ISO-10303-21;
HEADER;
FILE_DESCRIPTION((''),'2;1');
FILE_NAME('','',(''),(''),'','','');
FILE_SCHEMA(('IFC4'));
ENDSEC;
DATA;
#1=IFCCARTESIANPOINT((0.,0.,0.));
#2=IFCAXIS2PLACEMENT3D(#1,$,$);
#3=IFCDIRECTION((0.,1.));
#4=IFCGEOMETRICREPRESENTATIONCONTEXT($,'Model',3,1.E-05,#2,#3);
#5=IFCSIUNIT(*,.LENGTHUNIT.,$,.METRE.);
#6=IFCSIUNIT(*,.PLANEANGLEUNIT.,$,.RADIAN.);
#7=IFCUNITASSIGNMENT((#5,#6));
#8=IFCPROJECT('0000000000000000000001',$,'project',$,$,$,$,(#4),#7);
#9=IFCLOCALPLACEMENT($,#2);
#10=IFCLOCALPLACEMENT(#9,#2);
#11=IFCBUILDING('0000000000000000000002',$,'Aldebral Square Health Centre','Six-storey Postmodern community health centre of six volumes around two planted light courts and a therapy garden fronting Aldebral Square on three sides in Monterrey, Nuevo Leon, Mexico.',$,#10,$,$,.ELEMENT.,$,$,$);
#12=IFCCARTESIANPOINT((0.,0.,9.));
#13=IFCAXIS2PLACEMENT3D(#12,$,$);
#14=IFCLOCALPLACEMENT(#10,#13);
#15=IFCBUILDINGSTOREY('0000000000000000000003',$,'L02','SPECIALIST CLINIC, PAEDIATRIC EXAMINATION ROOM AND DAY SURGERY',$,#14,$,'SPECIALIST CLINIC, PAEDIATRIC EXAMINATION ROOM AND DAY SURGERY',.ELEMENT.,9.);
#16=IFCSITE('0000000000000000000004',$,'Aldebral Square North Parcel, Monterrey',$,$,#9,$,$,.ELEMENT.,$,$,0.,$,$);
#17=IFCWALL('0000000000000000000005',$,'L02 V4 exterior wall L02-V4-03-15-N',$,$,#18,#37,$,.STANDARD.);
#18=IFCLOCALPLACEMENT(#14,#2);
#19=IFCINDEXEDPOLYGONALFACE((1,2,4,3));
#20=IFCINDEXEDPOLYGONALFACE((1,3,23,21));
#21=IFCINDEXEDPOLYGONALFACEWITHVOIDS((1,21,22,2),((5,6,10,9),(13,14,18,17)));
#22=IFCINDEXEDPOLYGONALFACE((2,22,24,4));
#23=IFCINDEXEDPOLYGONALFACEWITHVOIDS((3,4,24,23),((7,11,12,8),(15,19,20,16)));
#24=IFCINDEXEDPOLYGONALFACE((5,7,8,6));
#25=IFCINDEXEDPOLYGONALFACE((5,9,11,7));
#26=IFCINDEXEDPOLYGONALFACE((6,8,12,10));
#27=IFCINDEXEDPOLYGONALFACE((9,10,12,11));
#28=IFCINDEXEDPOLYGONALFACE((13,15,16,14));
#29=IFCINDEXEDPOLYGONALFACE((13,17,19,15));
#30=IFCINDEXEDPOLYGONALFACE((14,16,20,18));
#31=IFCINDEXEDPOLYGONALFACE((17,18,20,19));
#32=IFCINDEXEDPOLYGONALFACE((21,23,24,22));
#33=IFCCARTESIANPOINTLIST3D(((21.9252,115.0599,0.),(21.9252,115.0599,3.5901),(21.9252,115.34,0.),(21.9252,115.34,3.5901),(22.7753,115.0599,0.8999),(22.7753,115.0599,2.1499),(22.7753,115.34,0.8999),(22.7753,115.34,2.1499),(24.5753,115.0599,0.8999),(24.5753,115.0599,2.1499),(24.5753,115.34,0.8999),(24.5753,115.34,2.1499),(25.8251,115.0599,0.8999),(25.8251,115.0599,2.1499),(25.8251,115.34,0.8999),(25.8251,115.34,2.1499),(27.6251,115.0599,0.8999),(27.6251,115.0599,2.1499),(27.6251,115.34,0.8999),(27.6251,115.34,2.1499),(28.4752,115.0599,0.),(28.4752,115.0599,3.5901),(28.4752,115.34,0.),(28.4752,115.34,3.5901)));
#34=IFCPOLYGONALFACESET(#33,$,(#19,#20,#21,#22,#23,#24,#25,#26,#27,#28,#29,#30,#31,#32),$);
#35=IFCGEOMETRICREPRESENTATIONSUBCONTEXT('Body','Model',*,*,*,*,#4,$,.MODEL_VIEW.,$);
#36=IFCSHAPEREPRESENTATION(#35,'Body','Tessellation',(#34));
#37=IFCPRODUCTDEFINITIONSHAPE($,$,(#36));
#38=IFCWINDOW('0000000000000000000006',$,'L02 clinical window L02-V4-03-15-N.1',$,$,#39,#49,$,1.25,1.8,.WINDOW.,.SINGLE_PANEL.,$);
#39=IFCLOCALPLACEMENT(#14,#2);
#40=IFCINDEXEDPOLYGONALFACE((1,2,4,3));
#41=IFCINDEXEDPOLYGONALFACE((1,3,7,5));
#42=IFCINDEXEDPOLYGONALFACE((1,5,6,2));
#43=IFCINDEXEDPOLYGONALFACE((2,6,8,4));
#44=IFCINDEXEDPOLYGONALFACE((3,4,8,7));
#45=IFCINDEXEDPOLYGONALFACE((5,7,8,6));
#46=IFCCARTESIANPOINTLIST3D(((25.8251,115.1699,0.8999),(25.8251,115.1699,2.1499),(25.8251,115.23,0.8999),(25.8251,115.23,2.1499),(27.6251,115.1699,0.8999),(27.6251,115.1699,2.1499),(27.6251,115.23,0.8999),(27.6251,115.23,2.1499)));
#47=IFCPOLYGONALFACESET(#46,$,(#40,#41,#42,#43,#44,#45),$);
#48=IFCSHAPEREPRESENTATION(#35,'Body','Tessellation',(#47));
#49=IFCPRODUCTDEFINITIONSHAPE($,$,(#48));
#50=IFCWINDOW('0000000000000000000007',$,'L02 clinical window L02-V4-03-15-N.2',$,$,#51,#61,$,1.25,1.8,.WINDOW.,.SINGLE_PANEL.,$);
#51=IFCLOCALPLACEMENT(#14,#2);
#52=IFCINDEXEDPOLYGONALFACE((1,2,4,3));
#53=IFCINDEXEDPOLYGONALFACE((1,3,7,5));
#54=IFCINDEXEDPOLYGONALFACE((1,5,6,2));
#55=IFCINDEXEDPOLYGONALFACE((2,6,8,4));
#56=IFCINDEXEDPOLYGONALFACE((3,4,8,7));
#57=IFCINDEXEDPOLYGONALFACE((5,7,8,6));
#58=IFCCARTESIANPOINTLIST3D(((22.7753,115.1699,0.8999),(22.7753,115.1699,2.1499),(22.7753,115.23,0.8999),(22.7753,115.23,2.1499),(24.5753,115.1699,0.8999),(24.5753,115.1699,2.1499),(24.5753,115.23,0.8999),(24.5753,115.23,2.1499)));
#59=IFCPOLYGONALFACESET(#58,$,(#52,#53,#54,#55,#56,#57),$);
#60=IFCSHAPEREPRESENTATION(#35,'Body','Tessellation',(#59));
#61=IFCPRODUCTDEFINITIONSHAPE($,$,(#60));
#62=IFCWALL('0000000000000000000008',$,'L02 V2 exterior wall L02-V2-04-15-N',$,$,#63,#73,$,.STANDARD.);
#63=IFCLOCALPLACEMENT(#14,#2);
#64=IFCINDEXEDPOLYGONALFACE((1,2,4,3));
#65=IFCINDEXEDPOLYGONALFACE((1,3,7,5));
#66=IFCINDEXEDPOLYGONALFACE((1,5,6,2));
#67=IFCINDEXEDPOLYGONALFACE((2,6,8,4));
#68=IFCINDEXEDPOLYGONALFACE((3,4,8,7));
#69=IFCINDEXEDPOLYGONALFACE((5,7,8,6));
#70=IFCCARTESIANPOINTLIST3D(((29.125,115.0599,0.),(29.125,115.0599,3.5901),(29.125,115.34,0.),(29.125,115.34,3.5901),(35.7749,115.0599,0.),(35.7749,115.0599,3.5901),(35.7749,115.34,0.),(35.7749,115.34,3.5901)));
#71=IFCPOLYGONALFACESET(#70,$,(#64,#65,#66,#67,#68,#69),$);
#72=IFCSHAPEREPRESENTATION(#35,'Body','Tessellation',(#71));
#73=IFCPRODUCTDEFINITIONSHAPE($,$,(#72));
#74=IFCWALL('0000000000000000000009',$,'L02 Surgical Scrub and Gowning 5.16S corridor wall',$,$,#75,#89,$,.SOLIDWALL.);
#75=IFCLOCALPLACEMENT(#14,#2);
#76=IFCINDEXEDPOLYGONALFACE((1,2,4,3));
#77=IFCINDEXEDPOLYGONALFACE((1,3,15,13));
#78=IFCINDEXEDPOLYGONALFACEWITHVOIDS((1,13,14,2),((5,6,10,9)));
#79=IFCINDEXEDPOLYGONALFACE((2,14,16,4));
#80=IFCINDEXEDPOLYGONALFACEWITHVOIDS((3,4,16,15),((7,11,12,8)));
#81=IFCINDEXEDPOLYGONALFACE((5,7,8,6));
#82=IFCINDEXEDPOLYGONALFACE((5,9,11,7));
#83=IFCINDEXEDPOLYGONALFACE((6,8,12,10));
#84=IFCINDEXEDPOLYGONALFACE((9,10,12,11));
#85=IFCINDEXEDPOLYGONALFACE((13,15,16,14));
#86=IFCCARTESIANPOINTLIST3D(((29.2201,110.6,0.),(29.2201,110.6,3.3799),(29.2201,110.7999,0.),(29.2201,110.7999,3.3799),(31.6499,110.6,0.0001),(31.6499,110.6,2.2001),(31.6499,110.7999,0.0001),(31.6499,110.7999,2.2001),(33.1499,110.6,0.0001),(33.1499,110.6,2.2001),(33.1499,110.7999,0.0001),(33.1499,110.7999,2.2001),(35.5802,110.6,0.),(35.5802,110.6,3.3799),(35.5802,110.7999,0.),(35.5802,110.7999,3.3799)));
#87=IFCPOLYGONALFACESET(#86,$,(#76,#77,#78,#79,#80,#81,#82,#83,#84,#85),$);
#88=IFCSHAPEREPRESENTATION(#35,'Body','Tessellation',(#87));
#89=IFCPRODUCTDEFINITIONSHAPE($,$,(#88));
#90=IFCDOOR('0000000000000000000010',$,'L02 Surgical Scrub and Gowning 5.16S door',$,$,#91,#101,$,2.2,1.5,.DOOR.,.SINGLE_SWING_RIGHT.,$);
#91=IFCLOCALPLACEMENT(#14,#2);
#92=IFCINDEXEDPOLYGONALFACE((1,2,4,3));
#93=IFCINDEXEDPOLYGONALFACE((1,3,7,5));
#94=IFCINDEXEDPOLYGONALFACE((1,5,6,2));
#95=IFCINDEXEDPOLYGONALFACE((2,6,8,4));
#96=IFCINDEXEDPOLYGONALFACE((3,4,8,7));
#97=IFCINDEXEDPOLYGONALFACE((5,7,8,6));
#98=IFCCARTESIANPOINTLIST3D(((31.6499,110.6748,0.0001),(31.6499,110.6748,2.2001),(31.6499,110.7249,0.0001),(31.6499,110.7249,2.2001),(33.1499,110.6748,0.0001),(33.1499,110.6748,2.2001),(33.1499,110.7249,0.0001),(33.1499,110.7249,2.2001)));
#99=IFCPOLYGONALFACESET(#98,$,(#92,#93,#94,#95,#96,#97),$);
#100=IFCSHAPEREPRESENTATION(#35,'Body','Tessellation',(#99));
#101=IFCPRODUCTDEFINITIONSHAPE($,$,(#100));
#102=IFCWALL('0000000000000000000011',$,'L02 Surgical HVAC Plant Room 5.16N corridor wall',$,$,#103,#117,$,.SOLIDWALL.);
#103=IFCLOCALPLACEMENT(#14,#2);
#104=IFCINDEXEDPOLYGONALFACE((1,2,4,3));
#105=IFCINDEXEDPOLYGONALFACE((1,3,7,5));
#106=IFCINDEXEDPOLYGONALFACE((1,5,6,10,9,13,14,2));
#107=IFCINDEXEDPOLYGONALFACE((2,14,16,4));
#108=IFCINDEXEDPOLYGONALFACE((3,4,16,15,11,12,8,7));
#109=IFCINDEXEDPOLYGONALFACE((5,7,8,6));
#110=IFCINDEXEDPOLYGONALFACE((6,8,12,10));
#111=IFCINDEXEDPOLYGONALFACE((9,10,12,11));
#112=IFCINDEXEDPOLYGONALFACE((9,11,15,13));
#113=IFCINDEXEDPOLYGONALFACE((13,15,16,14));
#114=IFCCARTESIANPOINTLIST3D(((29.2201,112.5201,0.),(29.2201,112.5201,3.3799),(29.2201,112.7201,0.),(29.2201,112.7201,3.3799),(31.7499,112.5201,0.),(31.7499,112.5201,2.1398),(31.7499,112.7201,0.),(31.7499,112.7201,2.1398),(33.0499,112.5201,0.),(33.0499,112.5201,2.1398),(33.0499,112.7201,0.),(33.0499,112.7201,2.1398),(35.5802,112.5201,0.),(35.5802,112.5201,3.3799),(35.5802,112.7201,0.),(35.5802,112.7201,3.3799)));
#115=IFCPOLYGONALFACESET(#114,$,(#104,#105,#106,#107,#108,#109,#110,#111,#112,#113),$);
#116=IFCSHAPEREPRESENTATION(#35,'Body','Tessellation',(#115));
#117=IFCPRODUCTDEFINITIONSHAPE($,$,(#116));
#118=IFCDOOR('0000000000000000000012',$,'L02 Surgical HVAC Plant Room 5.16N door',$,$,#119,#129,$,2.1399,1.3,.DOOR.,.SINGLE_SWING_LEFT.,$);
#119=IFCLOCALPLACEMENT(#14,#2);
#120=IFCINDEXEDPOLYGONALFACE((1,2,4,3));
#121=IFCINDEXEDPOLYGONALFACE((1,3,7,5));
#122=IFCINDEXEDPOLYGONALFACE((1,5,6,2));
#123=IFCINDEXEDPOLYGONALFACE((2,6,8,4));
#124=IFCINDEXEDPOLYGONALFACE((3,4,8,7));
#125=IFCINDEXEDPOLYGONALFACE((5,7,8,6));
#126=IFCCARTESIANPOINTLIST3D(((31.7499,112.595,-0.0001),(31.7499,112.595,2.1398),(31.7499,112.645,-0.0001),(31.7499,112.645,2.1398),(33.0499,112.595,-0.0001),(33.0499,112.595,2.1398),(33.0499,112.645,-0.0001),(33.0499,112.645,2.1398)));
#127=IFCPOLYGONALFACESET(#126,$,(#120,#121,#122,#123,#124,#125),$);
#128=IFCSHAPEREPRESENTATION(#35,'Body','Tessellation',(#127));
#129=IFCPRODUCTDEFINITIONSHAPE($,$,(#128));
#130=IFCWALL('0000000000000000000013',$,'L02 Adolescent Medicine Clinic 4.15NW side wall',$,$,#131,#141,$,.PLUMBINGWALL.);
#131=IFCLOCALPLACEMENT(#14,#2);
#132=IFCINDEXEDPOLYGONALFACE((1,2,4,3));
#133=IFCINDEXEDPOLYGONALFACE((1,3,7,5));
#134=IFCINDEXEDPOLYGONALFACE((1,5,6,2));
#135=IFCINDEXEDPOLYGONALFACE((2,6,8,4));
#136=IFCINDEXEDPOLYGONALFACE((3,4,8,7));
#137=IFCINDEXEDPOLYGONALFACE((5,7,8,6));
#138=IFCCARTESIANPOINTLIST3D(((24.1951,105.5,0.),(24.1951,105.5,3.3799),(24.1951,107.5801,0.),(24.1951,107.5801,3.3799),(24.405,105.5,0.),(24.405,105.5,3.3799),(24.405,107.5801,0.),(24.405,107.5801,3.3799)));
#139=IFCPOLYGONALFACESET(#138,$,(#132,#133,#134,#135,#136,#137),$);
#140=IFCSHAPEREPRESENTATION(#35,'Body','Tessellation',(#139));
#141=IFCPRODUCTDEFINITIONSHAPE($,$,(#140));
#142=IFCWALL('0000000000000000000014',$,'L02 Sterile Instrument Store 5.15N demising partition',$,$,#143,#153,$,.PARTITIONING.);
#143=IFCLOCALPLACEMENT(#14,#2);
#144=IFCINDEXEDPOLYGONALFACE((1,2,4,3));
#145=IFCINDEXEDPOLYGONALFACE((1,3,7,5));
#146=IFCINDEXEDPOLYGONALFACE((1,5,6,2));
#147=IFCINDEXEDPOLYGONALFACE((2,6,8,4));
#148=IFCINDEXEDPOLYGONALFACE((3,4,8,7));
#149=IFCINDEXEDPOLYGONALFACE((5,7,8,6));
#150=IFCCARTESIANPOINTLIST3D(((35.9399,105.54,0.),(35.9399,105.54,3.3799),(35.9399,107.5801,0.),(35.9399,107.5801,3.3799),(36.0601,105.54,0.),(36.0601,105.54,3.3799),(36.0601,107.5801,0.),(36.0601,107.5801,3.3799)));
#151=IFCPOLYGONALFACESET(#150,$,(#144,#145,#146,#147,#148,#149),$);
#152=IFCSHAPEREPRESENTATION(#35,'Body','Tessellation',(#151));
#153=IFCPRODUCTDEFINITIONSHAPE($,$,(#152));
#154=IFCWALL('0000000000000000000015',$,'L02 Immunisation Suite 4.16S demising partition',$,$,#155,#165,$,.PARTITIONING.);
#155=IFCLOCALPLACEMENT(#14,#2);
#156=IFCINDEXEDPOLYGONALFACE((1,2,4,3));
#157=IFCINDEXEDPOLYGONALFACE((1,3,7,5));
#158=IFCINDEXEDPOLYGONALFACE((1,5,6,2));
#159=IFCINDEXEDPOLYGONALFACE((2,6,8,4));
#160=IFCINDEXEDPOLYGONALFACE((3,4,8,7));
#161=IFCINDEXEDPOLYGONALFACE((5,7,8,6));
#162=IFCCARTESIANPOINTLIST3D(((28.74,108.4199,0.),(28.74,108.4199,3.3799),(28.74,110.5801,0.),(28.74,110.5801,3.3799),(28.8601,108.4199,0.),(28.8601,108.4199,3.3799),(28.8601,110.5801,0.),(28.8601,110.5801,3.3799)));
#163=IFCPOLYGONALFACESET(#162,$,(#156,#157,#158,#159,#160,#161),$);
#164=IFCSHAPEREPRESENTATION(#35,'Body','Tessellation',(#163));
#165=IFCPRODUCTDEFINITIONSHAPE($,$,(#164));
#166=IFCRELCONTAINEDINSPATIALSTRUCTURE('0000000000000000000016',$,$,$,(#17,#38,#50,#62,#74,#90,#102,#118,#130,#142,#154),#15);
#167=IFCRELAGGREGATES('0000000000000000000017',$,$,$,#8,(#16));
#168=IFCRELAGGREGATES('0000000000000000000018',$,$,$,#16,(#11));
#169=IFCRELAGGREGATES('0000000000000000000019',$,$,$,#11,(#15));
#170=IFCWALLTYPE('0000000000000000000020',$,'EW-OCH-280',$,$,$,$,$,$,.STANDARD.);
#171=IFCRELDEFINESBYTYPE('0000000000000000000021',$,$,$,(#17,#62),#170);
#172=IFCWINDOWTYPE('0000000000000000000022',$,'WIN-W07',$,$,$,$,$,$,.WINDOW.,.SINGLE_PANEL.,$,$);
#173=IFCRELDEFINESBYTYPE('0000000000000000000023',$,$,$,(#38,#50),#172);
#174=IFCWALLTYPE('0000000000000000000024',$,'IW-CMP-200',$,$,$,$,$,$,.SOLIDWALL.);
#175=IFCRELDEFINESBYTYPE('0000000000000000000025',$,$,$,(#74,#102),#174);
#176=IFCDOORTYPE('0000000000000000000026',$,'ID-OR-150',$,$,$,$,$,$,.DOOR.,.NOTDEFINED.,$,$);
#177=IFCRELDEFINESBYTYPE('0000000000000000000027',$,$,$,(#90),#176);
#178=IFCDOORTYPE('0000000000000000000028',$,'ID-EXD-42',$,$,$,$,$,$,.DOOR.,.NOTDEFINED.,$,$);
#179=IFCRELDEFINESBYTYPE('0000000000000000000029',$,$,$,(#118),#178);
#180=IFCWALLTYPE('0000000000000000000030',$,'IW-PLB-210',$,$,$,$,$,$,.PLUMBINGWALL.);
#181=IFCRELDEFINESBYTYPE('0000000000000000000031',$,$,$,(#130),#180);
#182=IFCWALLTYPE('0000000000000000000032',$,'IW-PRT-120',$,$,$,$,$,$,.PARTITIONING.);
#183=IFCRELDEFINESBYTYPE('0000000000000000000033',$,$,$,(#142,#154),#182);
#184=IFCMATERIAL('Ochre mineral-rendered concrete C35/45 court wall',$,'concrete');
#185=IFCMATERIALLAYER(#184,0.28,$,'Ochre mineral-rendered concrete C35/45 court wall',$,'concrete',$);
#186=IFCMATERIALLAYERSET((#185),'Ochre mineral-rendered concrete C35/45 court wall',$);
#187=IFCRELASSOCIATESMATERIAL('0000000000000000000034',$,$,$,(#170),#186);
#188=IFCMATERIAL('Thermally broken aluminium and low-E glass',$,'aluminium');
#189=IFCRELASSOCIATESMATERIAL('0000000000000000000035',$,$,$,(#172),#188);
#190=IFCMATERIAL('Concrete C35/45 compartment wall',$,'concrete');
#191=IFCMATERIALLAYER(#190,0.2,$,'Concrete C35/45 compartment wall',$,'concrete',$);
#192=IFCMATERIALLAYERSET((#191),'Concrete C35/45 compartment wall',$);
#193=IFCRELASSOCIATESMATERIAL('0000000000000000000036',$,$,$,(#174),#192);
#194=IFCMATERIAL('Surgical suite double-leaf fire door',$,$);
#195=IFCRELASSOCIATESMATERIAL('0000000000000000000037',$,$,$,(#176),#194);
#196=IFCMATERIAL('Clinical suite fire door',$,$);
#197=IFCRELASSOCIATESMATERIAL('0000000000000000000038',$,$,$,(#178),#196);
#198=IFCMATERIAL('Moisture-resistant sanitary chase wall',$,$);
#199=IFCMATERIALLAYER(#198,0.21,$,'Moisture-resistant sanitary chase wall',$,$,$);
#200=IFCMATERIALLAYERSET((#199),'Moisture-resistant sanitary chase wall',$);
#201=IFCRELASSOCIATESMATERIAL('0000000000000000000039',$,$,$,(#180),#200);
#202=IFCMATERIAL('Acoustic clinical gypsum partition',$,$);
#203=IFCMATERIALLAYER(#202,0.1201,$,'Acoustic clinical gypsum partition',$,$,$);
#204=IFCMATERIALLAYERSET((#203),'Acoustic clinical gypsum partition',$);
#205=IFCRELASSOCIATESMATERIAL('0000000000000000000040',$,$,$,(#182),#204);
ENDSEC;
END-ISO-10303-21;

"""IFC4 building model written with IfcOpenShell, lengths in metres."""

from ifc_helpers import new_model, si_unit, direction, frame, frame_2d, origin, place, context, subcontext, project, spatial, rectangle, extrude, material, layer, layer_set, type_object, element, fill, save


model = new_model("IFC4")

# Units and contexts
model_context = context("Model", 3, precision=1e-05, world=origin(), true_north=direction((0.0, 1.0)))
body_context = subcontext(model_context, "Body", "Model", "MODEL_VIEW")
ifc_project = project(units=[si_unit("LENGTHUNIT", "METRE"), si_unit("PLANEANGLEUNIT", "RADIAN")], contexts=[model_context])

# Site, building, storey
site_placement = place(None, origin())
site = spatial("IfcSite", under=ifc_project, at=site_placement, Name="Aldebral Square North Parcel, Monterrey", CompositionType="ELEMENT", RefElevation=0.0)
building_placement = place(site_placement, origin())
building = spatial("IfcBuilding", under=site, at=building_placement, Name="Aldebral Square Health Centre", Description="Six-storey Postmodern community health centre of six volumes around two planted light courts and a therapy garden fronting Aldebral Square on three sides in Monterrey, Nuevo Leon, Mexico.", CompositionType="ELEMENT")
storey_placement = place(building_placement, frame((0.0, 0.0, 9.0)))
storey = spatial("IfcBuildingStorey", under=building, at=storey_placement, Name="L02", Description="SPECIALIST CLINIC, PAEDIATRIC EXAMINATION ROOM AND DAY SURGERY", LongName="SPECIALIST CLINIC, PAEDIATRIC EXAMINATION ROOM AND DAY SURGERY", CompositionType="ELEMENT", Elevation=9.0)

# Wall, openings, windows
ifc_material_1 = material(Name="Ochre mineral-rendered concrete C35/45 court wall", Category="concrete")
ifc_layer_1 = layer(ifc_material_1, 0.28, Name="Ochre mineral-rendered concrete C35/45 court wall", Category="concrete")
ifc_layer_set_1 = layer_set([ifc_layer_1], Name="Ochre mineral-rendered concrete C35/45 court wall")
wall_type_1 = type_object("IfcWallType", Name="EW-OCH-280", PredefinedType="STANDARD", material=ifc_layer_set_1)
wall_1_placement = place(storey_placement, frame((28.4751, 115.2, 0.0), z_axis=(0.0, 0.0, 1.0), x_axis=(-1.0, 0.0, 0.0)))
wall_1 = element("IfcWall", 1, at=wall_1_placement, inside=storey, type_object=wall_type_1, Name="L02 V4 exterior wall L02-V4-03-15-N", PredefinedType="STANDARD", context=body_context, shape_type="SweptSolid", body=[
    extrude(rectangle(XDim=6.55, YDim=0.28, at=frame_2d((3.2749, 0.0))), origin(), (0.0, 0.0, 1.0), 3.5901),
])
opening_1_placement = place(wall_1_placement, frame((0.8501, 0.0, 0.8999)))
opening_1 = element("IfcOpeningElement", 2, at=opening_1_placement, cuts=wall_1, PredefinedType="OPENING", context=body_context, shape_type="SweptSolid", body=[
    extrude(rectangle(XDim=1.8, YDim=1.25, at=frame_2d((0.8999, 0.625))), frame((0.0, 0.1499, 0.0), z_axis=(0.0, -1.0, 0.0), x_axis=(1.0, 0.0, 0.0)), (0.0, 0.0, 1.0), 0.3),
])
opening_2_placement = place(wall_1_placement, frame((3.8999, 0.0, 0.8999)))
opening_2 = element("IfcOpeningElement", 3, at=opening_2_placement, cuts=wall_1, PredefinedType="OPENING", context=body_context, shape_type="SweptSolid", body=[
    extrude(rectangle(XDim=1.8, YDim=1.25, at=frame_2d((0.8999, 0.625))), frame((0.0, 0.1499, 0.0), z_axis=(0.0, -1.0, 0.0), x_axis=(1.0, 0.0, 0.0)), (0.0, 0.0, 1.0), 0.3),
])
ifc_material_2 = material(Name="Thermally broken aluminium and low-E glass", Category="aluminium")
window_type = type_object("IfcWindowType", Name="WIN-W07", PartitioningType="SINGLE_PANEL", PredefinedType="WINDOW", material=ifc_material_2)
window_1_placement = place(opening_1_placement, origin())
window_1 = element("IfcWindow", 4, at=window_1_placement, inside=storey, type_object=window_type, Name="L02 clinical window L02-V4-03-15-N.1", OverallHeight=1.25, OverallWidth=1.8, PartitioningType="SINGLE_PANEL", PredefinedType="WINDOW", context=body_context, shape_type="SweptSolid", body=[
    extrude(rectangle(XDim=1.8, YDim=1.25, at=frame_2d((0.8999, 0.625))), frame((0.0, 0.03, 0.0), z_axis=(0.0, -1.0, 0.0), x_axis=(1.0, 0.0, 0.0)), (0.0, 0.0, 1.0), 0.0601),
])
fill(opening_1, window_1)
window_2_placement = place(opening_2_placement, origin())
window_2 = element("IfcWindow", 5, at=window_2_placement, inside=storey, type_object=window_type, Name="L02 clinical window L02-V4-03-15-N.2", OverallHeight=1.25, OverallWidth=1.8, PartitioningType="SINGLE_PANEL", PredefinedType="WINDOW", context=body_context, shape_type="SweptSolid", body=[
    extrude(rectangle(XDim=1.8, YDim=1.25, at=frame_2d((0.8999, 0.625))), frame((0.0, 0.03, 0.0), z_axis=(0.0, -1.0, 0.0), x_axis=(1.0, 0.0, 0.0)), (0.0, 0.0, 1.0), 0.0601),
])
fill(opening_2, window_2)

# Wall
wall_2_placement = place(storey_placement, frame((35.7749, 115.2, 0.0), z_axis=(0.0, 0.0, 1.0), x_axis=(-1.0, 0.0, 0.0)))
element("IfcWall", 6, at=wall_2_placement, inside=storey, type_object=wall_type_1, Name="L02 V2 exterior wall L02-V2-04-15-N", PredefinedType="STANDARD", context=body_context, shape_type="SweptSolid", body=[
    extrude(rectangle(XDim=6.6499, YDim=0.28, at=frame_2d((3.325, 0.0))), origin(), (0.0, 0.0, 1.0), 3.5901),
])

# Walls, openings, doors
ifc_material_3 = material(Name="Concrete C35/45 compartment wall", Category="concrete")
ifc_layer_2 = layer(ifc_material_3, 0.2, Name="Concrete C35/45 compartment wall", Category="concrete")
ifc_layer_set_2 = layer_set([ifc_layer_2], Name="Concrete C35/45 compartment wall")
wall_type_2 = type_object("IfcWallType", Name="IW-CMP-200", PredefinedType="SOLIDWALL", material=ifc_layer_set_2)
wall_3_placement = place(storey_placement, frame((29.22, 110.7, 0.0), z_axis=(0.0, 0.0, 1.0), x_axis=(1.0, 0.0, 0.0)))
wall_3 = element("IfcWall", 7, at=wall_3_placement, inside=storey, type_object=wall_type_2, Name="L02 Surgical Scrub and Gowning 5.16S corridor wall", PredefinedType="SOLIDWALL", context=body_context, shape_type="SweptSolid", body=[
    extrude(rectangle(XDim=6.3601, YDim=0.2, at=frame_2d((3.1802, 0.0))), origin(), (0.0, 0.0, 1.0), 3.3799),
])
opening_3_placement = place(wall_3_placement, frame((2.4299, 0.0, 0.0)))
opening_3 = element("IfcOpeningElement", 8, at=opening_3_placement, cuts=wall_3, PredefinedType="OPENING", context=body_context, shape_type="SweptSolid", body=[
    extrude(rectangle(XDim=1.5, YDim=2.2, at=frame_2d((0.75, 1.1001))), frame((0.0, 0.1099, 0.0), z_axis=(0.0, -1.0, 0.0), x_axis=(1.0, 0.0, 0.0)), (0.0, 0.0, 1.0), 0.22),
])
ifc_material_4 = material(Name="Surgical suite double-leaf fire door")
door_type_1 = type_object("IfcDoorType", Name="ID-OR-150", OperationType="NOTDEFINED", PredefinedType="DOOR", material=ifc_material_4)
door_1_placement = place(opening_3_placement, origin())
door_1 = element("IfcDoor", 9, at=door_1_placement, inside=storey, type_object=door_type_1, Name="L02 Surgical Scrub and Gowning 5.16S door", OperationType="SINGLE_SWING_RIGHT", OverallHeight=2.2, OverallWidth=1.5, PredefinedType="DOOR", context=body_context, shape_type="SweptSolid", body=[
    extrude(rectangle(XDim=1.5, YDim=2.2, at=frame_2d((0.75, 1.1001))), frame((0.0, 0.0249, 0.0), z_axis=(0.0, -1.0, 0.0), x_axis=(1.0, 0.0, 0.0)), (0.0, 0.0, 1.0), 0.05),
])
fill(opening_3, door_1)
wall_4_placement = place(storey_placement, frame((29.22, 112.6201, 0.0), z_axis=(0.0, 0.0, 1.0), x_axis=(1.0, 0.0, 0.0)))
wall_4 = element("IfcWall", 10, at=wall_4_placement, inside=storey, type_object=wall_type_2, Name="L02 Surgical HVAC Plant Room 5.16N corridor wall", PredefinedType="SOLIDWALL", context=body_context, shape_type="SweptSolid", body=[
    extrude(rectangle(XDim=6.3601, YDim=0.2, at=frame_2d((3.1802, 0.0))), origin(), (0.0, 0.0, 1.0), 3.3799),
])
opening_4_placement = place(wall_4_placement, frame((2.53, 0.0, 0.0)))
opening_4 = element("IfcOpeningElement", 11, at=opening_4_placement, cuts=wall_4, PredefinedType="OPENING", context=body_context, shape_type="SweptSolid", body=[
    extrude(rectangle(XDim=1.3, YDim=2.1399, at=frame_2d((0.6499, 1.0698))), frame((0.0, 0.1099, 0.0), z_axis=(0.0, -1.0, 0.0), x_axis=(1.0, 0.0, 0.0)), (0.0, 0.0, 1.0), 0.22),
])
ifc_material_5 = material(Name="Clinical suite fire door")
door_type_2 = type_object("IfcDoorType", Name="ID-EXD-42", OperationType="NOTDEFINED", PredefinedType="DOOR", material=ifc_material_5)
door_2_placement = place(opening_4_placement, origin())
door_2 = element("IfcDoor", 12, at=door_2_placement, inside=storey, type_object=door_type_2, Name="L02 Surgical HVAC Plant Room 5.16N door", OperationType="SINGLE_SWING_LEFT", OverallHeight=2.1399, OverallWidth=1.3, PredefinedType="DOOR", context=body_context, shape_type="SweptSolid", body=[
    extrude(rectangle(XDim=1.3, YDim=2.1399, at=frame_2d((0.6499, 1.0698))), frame((0.0, 0.0249, 0.0), z_axis=(0.0, -1.0, 0.0), x_axis=(1.0, 0.0, 0.0)), (0.0, 0.0, 1.0), 0.05),
])
fill(opening_4, door_2)

# Walls
ifc_material_6 = material(Name="Moisture-resistant sanitary chase wall")
ifc_layer_3 = layer(ifc_material_6, 0.21, Name="Moisture-resistant sanitary chase wall")
ifc_layer_set_3 = layer_set([ifc_layer_3], Name="Moisture-resistant sanitary chase wall")
wall_type_3 = type_object("IfcWallType", Name="IW-PLB-210", PredefinedType="PLUMBINGWALL", material=ifc_layer_set_3)
wall_5_placement = place(storey_placement, frame((24.3, 105.5, 0.0), z_axis=(0.0, 0.0, 1.0), x_axis=(0.0, 1.0, 0.0)))
element("IfcWall", 13, at=wall_5_placement, inside=storey, type_object=wall_type_3, Name="L02 Adolescent Medicine Clinic 4.15NW side wall", PredefinedType="PLUMBINGWALL", context=body_context, shape_type="SweptSolid", body=[
    extrude(rectangle(XDim=2.0801, YDim=0.21, at=frame_2d((1.04, 0.0))), origin(), (0.0, 0.0, 1.0), 3.3799),
])
ifc_material_7 = material(Name="Acoustic clinical gypsum partition")
ifc_layer_4 = layer(ifc_material_7, 0.1201, Name="Acoustic clinical gypsum partition")
ifc_layer_set_4 = layer_set([ifc_layer_4], Name="Acoustic clinical gypsum partition")
wall_type_4 = type_object("IfcWallType", Name="IW-PRT-120", PredefinedType="PARTITIONING", material=ifc_layer_set_4)
wall_6_placement = place(storey_placement, frame((36.0, 105.54, 0.0), z_axis=(0.0, 0.0, 1.0), x_axis=(0.0, 1.0, 0.0)))
element("IfcWall", 14, at=wall_6_placement, inside=storey, type_object=wall_type_4, Name="L02 Sterile Instrument Store 5.15N demising partition", PredefinedType="PARTITIONING", context=body_context, shape_type="SweptSolid", body=[
    extrude(rectangle(XDim=2.04, YDim=0.1201, at=frame_2d((1.02, 0.0))), origin(), (0.0, 0.0, 1.0), 3.3799),
])
wall_7_placement = place(storey_placement, frame((28.8, 108.4199, 0.0), z_axis=(0.0, 0.0, 1.0), x_axis=(0.0, 1.0, 0.0)))
element("IfcWall", 15, at=wall_7_placement, inside=storey, type_object=wall_type_4, Name="L02 Immunisation Suite 4.16S demising partition", PredefinedType="PARTITIONING", context=body_context, shape_type="SweptSolid", body=[
    extrude(rectangle(XDim=2.1602, YDim=0.1201, at=frame_2d((1.0801, 0.0))), origin(), (0.0, 0.0, 1.0), 3.3799),
])

save(model, "model.ifc")
